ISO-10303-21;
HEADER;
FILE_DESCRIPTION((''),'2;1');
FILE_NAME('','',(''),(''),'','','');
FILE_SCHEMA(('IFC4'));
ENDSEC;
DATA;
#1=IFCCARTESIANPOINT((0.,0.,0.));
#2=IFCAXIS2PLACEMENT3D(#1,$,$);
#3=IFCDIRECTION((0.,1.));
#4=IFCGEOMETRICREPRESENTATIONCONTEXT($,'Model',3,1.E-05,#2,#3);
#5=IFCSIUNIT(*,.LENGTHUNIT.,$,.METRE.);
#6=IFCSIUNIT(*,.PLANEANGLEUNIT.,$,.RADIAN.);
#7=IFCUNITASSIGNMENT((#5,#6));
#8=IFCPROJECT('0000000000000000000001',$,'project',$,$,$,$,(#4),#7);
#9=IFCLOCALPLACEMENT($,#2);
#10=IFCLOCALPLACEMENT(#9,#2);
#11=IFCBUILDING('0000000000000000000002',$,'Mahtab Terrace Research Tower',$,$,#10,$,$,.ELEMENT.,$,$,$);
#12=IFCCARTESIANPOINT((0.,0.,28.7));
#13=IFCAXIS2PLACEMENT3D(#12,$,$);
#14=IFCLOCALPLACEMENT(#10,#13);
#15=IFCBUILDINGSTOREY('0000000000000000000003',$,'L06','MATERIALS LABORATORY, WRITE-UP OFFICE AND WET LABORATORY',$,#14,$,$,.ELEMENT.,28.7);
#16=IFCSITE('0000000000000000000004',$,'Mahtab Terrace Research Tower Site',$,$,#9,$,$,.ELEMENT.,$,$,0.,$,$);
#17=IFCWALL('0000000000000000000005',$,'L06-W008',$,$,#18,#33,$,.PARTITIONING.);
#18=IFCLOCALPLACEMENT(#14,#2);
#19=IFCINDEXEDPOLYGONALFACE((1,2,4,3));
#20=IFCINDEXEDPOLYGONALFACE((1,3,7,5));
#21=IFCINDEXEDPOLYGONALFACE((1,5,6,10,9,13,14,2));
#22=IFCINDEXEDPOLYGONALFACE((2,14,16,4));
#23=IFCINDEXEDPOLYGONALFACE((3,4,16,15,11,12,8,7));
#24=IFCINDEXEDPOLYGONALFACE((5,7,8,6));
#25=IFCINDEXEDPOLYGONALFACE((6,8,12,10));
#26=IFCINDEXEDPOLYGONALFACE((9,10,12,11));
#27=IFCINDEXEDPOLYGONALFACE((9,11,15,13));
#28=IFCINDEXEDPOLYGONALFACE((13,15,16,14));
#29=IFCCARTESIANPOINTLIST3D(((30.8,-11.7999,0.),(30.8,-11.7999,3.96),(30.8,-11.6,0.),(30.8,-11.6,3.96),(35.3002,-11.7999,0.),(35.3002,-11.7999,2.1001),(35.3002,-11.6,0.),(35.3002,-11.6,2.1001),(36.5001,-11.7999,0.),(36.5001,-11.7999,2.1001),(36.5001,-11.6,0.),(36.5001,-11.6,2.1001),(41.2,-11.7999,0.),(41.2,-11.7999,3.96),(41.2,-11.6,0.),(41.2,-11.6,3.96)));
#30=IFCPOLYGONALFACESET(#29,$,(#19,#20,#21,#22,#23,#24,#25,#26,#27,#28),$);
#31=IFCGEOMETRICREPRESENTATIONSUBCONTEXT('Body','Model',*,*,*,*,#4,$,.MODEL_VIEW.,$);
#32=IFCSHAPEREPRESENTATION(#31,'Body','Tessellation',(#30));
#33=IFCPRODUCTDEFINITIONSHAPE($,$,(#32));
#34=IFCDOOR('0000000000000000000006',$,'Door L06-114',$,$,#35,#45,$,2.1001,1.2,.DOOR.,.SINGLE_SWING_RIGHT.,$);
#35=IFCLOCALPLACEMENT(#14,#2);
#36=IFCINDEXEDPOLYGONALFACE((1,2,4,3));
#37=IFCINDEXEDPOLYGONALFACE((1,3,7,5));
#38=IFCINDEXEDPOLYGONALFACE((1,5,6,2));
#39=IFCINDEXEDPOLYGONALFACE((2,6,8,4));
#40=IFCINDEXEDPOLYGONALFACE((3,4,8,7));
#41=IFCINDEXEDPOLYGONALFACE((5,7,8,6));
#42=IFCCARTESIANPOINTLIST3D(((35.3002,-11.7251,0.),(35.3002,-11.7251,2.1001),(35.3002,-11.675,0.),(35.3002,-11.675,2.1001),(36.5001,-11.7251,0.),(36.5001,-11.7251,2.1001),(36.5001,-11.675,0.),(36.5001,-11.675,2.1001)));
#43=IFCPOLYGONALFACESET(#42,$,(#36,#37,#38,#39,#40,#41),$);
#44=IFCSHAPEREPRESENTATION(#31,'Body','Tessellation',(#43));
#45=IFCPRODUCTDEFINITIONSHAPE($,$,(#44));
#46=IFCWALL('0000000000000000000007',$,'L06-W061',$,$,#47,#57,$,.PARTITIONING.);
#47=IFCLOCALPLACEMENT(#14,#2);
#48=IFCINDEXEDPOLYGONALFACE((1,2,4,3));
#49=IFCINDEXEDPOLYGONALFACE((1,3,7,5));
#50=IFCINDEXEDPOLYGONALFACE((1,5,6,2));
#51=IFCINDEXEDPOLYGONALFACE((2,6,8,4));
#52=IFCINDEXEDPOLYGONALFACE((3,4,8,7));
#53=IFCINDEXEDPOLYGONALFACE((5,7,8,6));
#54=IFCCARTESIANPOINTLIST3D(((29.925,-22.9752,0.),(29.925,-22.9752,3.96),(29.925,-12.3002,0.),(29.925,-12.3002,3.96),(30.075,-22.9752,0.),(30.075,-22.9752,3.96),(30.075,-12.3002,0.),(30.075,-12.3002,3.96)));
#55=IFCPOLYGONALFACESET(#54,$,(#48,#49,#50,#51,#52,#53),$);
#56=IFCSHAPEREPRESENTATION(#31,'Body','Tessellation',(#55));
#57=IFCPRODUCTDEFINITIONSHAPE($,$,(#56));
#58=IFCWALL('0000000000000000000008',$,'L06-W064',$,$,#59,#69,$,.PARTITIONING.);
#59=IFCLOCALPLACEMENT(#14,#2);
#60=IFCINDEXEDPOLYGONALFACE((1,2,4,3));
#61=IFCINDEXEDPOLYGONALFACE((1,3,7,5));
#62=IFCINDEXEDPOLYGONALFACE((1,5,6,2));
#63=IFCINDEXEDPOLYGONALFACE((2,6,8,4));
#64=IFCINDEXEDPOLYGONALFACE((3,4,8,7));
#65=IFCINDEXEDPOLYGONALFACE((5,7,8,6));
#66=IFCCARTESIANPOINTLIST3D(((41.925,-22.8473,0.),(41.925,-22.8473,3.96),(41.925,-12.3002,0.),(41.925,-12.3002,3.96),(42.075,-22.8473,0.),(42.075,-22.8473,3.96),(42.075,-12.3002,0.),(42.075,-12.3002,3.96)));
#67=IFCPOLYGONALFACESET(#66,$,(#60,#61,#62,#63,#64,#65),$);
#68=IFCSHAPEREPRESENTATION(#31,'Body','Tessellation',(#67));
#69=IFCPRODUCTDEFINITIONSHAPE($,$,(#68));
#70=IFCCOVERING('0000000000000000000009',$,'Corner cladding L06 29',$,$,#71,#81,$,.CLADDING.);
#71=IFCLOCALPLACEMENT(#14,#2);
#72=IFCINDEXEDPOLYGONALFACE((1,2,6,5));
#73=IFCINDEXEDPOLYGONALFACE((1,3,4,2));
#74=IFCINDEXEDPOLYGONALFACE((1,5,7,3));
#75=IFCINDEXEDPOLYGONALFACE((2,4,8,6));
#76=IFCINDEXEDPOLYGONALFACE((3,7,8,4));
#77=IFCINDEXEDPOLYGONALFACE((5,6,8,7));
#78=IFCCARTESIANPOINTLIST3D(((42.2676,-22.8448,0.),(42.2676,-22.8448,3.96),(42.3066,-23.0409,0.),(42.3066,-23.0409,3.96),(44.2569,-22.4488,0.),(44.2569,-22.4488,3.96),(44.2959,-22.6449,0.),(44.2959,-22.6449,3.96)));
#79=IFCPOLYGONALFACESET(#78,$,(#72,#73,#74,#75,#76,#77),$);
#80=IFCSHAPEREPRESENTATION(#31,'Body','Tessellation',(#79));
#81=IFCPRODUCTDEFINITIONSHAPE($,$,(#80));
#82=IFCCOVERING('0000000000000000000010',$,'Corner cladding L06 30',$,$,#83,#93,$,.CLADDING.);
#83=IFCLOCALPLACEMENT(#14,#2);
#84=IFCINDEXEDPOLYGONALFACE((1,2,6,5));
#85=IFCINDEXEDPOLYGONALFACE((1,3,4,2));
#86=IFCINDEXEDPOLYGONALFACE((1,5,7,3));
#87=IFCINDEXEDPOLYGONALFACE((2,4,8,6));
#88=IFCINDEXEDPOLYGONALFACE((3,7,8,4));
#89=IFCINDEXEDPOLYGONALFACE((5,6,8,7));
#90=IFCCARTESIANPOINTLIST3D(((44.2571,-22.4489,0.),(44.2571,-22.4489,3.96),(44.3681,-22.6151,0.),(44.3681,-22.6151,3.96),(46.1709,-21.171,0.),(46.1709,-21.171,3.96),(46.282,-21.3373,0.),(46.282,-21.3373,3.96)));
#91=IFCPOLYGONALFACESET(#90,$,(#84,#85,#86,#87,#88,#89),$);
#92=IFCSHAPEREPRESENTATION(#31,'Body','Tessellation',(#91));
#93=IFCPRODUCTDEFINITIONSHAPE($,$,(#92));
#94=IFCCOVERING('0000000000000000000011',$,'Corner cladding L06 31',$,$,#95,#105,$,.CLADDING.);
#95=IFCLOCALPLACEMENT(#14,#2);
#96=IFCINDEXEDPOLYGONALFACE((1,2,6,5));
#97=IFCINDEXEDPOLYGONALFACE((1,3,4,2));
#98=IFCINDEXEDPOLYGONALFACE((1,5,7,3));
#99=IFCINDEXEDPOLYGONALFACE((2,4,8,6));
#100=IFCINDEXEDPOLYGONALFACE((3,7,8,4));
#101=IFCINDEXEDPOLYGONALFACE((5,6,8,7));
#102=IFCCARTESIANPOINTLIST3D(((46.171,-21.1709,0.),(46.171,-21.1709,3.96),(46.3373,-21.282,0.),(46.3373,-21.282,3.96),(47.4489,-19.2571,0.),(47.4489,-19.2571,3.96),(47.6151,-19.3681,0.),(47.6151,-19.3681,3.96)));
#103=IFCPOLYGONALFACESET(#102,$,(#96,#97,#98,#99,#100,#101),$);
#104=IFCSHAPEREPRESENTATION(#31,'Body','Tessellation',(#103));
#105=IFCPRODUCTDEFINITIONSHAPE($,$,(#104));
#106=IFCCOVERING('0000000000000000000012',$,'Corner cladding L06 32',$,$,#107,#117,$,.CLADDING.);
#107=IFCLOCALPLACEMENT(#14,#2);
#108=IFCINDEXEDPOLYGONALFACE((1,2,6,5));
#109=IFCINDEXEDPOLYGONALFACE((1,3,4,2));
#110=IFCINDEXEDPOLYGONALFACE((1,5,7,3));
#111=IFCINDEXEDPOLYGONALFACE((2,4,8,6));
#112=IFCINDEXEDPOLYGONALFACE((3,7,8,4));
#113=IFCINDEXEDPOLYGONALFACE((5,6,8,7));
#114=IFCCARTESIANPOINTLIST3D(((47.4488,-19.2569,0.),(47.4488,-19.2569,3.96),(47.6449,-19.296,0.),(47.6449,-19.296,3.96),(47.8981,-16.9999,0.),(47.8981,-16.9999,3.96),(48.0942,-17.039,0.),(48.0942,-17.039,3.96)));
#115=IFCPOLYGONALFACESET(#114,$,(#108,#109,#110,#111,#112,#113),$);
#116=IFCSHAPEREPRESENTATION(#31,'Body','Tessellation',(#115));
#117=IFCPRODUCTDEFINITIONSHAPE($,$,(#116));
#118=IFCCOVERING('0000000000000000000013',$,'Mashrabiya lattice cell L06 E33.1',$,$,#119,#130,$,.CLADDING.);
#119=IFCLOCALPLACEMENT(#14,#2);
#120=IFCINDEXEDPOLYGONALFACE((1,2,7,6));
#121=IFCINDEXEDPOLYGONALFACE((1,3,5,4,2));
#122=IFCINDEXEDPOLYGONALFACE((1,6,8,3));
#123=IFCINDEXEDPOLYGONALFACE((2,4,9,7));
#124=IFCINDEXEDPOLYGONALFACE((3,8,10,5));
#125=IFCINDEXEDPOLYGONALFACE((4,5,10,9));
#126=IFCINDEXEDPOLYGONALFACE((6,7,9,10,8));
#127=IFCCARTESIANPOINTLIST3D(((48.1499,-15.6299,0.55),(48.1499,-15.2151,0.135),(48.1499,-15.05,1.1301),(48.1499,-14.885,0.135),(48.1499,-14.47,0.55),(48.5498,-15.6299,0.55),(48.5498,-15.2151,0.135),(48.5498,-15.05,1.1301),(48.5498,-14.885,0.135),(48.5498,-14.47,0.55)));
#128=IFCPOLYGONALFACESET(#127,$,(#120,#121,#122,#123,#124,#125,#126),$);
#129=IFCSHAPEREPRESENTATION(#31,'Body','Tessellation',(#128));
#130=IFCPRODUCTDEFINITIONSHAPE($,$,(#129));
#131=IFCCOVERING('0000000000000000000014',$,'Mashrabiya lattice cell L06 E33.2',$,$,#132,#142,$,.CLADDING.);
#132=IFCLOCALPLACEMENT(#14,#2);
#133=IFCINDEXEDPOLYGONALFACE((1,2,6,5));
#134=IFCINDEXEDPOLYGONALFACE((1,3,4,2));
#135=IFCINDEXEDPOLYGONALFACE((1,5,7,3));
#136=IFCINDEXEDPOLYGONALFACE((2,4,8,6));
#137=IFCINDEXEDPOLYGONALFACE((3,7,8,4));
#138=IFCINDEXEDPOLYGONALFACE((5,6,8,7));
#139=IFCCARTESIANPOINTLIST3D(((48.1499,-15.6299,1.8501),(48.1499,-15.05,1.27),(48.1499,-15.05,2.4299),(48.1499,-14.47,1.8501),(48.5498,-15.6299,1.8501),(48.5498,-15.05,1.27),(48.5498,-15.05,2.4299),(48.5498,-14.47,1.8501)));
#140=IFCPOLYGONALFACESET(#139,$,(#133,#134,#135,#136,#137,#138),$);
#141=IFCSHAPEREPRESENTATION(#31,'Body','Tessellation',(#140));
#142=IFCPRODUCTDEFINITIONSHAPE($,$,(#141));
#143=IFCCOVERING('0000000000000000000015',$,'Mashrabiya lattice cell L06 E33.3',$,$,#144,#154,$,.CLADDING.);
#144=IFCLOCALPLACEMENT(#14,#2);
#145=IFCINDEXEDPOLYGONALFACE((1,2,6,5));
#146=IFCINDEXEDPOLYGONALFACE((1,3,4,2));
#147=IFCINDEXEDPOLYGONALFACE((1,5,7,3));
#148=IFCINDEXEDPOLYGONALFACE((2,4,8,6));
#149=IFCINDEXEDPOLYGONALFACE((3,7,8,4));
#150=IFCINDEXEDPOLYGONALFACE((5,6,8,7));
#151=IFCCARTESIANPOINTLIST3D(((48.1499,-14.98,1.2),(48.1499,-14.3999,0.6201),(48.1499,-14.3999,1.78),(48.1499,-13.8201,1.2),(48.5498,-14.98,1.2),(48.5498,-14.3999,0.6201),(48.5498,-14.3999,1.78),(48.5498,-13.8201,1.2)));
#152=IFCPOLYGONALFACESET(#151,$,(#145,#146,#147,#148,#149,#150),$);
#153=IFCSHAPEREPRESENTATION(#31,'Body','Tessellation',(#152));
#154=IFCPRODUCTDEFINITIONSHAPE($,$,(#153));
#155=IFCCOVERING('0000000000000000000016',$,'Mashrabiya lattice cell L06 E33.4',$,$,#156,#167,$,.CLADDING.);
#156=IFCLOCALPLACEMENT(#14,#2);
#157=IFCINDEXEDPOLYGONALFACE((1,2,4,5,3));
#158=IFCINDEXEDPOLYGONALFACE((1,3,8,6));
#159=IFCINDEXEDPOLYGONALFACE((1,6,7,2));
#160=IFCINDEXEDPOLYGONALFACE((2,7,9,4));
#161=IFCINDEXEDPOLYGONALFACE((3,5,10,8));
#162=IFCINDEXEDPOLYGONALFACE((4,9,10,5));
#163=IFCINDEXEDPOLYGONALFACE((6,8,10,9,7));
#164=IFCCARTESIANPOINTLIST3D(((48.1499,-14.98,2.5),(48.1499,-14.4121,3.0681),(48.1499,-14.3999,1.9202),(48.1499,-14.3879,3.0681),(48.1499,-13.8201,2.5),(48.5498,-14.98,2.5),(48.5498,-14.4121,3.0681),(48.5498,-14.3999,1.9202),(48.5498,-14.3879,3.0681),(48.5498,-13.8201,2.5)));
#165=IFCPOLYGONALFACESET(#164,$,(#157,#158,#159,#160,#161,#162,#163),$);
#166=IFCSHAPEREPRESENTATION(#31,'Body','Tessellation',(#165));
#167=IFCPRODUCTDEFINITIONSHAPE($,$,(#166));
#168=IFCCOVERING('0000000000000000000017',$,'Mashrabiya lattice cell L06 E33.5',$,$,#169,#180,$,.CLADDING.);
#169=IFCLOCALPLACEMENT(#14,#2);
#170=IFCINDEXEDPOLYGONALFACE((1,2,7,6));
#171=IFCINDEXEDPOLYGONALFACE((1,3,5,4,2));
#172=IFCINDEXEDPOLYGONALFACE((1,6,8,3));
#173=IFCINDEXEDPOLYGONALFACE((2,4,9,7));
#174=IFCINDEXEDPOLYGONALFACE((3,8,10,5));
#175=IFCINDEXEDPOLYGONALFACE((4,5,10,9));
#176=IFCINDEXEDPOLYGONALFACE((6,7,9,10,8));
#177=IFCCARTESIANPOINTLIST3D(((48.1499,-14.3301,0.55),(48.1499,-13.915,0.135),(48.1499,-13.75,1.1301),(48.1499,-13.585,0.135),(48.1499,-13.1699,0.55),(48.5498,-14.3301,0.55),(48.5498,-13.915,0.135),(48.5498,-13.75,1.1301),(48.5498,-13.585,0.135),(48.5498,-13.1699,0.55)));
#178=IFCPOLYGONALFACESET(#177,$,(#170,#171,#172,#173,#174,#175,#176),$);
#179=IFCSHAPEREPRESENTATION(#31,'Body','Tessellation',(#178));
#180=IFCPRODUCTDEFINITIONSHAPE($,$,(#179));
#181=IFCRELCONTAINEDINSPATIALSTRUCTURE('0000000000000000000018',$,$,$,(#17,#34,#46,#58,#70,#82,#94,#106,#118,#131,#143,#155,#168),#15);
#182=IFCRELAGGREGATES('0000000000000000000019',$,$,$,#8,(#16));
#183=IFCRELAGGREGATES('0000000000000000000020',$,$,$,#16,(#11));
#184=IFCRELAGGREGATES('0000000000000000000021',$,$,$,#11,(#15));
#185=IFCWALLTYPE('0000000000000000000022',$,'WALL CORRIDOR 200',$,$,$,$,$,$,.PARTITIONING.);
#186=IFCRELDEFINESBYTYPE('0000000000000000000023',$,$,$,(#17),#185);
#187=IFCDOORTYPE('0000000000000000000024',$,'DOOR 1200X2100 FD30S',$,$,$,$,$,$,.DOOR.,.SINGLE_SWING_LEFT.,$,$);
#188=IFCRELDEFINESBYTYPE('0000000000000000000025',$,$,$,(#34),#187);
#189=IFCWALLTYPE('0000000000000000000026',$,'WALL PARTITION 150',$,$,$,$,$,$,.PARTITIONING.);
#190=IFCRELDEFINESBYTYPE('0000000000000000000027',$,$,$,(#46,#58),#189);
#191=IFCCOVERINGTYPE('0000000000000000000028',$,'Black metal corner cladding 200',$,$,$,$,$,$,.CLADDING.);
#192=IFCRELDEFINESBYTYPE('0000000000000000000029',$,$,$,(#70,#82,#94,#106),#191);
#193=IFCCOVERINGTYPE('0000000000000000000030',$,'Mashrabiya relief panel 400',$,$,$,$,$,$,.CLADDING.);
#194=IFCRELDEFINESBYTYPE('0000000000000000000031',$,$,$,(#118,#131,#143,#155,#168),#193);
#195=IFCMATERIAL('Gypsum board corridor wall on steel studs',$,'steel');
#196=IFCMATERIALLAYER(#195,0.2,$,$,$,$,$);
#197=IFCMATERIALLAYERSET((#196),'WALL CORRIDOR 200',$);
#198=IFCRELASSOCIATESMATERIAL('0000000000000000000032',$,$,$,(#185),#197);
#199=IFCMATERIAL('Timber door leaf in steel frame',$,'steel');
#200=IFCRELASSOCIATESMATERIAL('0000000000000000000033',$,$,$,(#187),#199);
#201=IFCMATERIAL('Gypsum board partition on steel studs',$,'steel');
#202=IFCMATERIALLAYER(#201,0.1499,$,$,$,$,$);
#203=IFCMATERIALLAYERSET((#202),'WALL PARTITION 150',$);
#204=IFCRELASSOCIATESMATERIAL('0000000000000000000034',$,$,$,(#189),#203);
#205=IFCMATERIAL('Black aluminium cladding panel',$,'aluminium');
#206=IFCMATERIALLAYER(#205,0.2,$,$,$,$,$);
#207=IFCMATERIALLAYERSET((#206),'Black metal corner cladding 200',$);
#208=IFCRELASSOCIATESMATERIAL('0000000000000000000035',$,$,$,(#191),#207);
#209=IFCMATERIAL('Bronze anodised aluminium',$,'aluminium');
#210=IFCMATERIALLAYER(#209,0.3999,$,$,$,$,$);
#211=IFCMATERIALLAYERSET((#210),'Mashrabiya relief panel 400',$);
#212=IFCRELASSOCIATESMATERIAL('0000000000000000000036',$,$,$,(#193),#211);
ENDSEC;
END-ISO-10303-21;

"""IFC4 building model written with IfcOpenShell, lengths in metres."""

from ifc_helpers import new_model, si_unit, direction, frame, frame_2d, origin, origin_2d, place, context, subcontext, project, spatial, polyline, rectangle, outline, extrude, material, layer, layer_set, type_object, element, fill, save


model = new_model("IFC4")

# Units and contexts
model_context = context("Model", 3, precision=1e-05, world=origin(), true_north=direction((0.0, 1.0)))
body_context = subcontext(model_context, "Body", "Model", "MODEL_VIEW")
ifc_project = project(units=[si_unit("LENGTHUNIT", "METRE"), si_unit("PLANEANGLEUNIT", "RADIAN")], contexts=[model_context])

# Site, building, storey
site_placement = place(None, origin())
site = spatial("IfcSite", under=ifc_project, at=site_placement, Name="Mahtab Terrace Research Tower Site", CompositionType="ELEMENT", RefElevation=0.0)
building_placement = place(site_placement, origin())
building = spatial("IfcBuilding", under=site, at=building_placement, Name="Mahtab Terrace Research Tower", CompositionType="ELEMENT")
storey_placement = place(building_placement, frame((0.0, 0.0, 28.7)))
storey = spatial("IfcBuildingStorey", under=building, at=storey_placement, Name="L06", Description="MATERIALS LABORATORY, WRITE-UP OFFICE AND WET LABORATORY", CompositionType="ELEMENT", Elevation=28.7)

# Shared definitions
ifc_material_1 = material(Name="Black aluminium cladding panel", Category="aluminium")

# Wall, opening, door
ifc_material_2 = material(Name="Gypsum board corridor wall on steel studs", Category="steel")
ifc_layer_1 = layer(ifc_material_2, 0.2)
ifc_layer_set_1 = layer_set([ifc_layer_1], Name="WALL CORRIDOR 200")
wall_type_1 = type_object("IfcWallType", Name="WALL CORRIDOR 200", PredefinedType="PARTITIONING", material=ifc_layer_set_1)
wall_1_placement = place(storey_placement, frame((30.8, -11.7, 0.0), z_axis=(0.0, 0.0, 1.0), x_axis=(1.0, 0.0, 0.0)))
wall_1 = element("IfcWall", 1, at=wall_1_placement, inside=storey, type_object=wall_type_1, Name="L06-W008", PredefinedType="PARTITIONING", context=body_context, shape_type="SweptSolid", body=[
    extrude(rectangle(XDim=10.3999, YDim=0.2, at=frame_2d((5.2, 0.0))), origin(), (0.0, 0.0, 1.0), 3.96),
])
opening_placement = place(wall_1_placement, frame((4.5, 0.0, 0.0)))
opening = element("IfcOpeningElement", 2, at=opening_placement, cuts=wall_1, PredefinedType="OPENING", context=body_context, shape_type="SweptSolid", body=[
    extrude(rectangle(XDim=1.2, YDim=2.1001, at=frame_2d((0.6001, 1.05))), frame((0.0, 0.1099, 0.0), z_axis=(0.0, -1.0, 0.0), x_axis=(1.0, 0.0, 0.0)), (0.0, 0.0, 1.0), 0.22),
])
ifc_material_3 = material(Name="Timber door leaf in steel frame", Category="steel")
door_type = type_object("IfcDoorType", Name="DOOR 1200X2100 FD30S", OperationType="SINGLE_SWING_LEFT", PredefinedType="DOOR", material=ifc_material_3)
door_placement = place(opening_placement, origin())
door = element("IfcDoor", 3, at=door_placement, inside=storey, type_object=door_type, Name="Door L06-114", OperationType="SINGLE_SWING_RIGHT", OverallHeight=2.1001, OverallWidth=1.2, PredefinedType="DOOR", context=body_context, shape_type="SweptSolid", body=[
    extrude(rectangle(XDim=1.2, YDim=2.1001, at=frame_2d((0.6001, 1.05))), frame((0.0, 0.0249, 0.0), z_axis=(0.0, -1.0, 0.0), x_axis=(1.0, 0.0, 0.0)), (0.0, 0.0, 1.0), 0.05),
])
fill(opening, door)

# Walls
ifc_material_4 = material(Name="Gypsum board partition on steel studs", Category="steel")
ifc_layer_2 = layer(ifc_material_4, 0.1499)
ifc_layer_set_2 = layer_set([ifc_layer_2], Name="WALL PARTITION 150")
wall_type_2 = type_object("IfcWallType", Name="WALL PARTITION 150", PredefinedType="PARTITIONING", material=ifc_layer_set_2)
wall_2_placement = place(storey_placement, frame((30.0, -22.9751, 0.0), z_axis=(0.0, 0.0, 1.0), x_axis=(0.0, 1.0, 0.0)))
element("IfcWall", 4, at=wall_2_placement, inside=storey, type_object=wall_type_2, Name="L06-W061", PredefinedType="PARTITIONING", context=body_context, shape_type="SweptSolid", body=[
    extrude(rectangle(XDim=10.675, YDim=0.1499, at=frame_2d((5.3374, 0.0))), origin(), (0.0, 0.0, 1.0), 3.96),
])
wall_3_placement = place(storey_placement, frame((42.0, -22.8472, 0.0), z_axis=(0.0, 0.0, 1.0), x_axis=(0.0, 1.0, 0.0)))
element("IfcWall", 5, at=wall_3_placement, inside=storey, type_object=wall_type_2, Name="L06-W064", PredefinedType="PARTITIONING", context=body_context, shape_type="SweptSolid", body=[
    extrude(rectangle(XDim=10.5471, YDim=0.1499, at=frame_2d((5.2734, 0.0))), origin(), (0.0, 0.0, 1.0), 3.96),
])

# Coverings
ifc_layer_3 = layer(ifc_material_1, 0.2)
ifc_layer_set_3 = layer_set([ifc_layer_3], Name="Black metal corner cladding 200")
covering_type_1 = type_object("IfcCoveringType", Name="Black metal corner cladding 200", PredefinedType="CLADDING", material=ifc_layer_set_3)
covering_1_placement = place(storey_placement, frame((43.2817, -22.7449, 0.0), z_axis=(0.0, 0.0, 1.0), x_axis=(0.980761, 0.195212, 0.0)))
element("IfcCovering", 6, at=covering_1_placement, inside=storey, type_object=covering_type_1, Name="Corner cladding L06 29", PredefinedType="CLADDING", context=body_context, shape_type="SweptSolid", body=[
    extrude(rectangle(XDim=2.0283, YDim=0.2, at=origin_2d()), origin(), (0.0, 0.0, 1.0), 3.96),
])
for number, where, z_axis, x_axis, name in (
    (7, (45.2695, -21.8931, 0.0), (0.0, 0.0, 1.0), (0.831656, 0.555291, 0.0), "Corner cladding L06 30"),
    (8, (46.8931, -20.2695, 0.0), (0.0, 0.0, 1.0), (0.555291, 0.831656, 0.0), "Corner cladding L06 31"),
    (9, (47.7715, -18.1479, 0.0), (0.0, 0.0, 1.0), (0.195212, 0.980761, 0.0), "Corner cladding L06 32"),
):
    element("IfcCovering", number, at=place(storey_placement, frame(where, z_axis=z_axis, x_axis=x_axis)), inside=storey, type_object=covering_type_1, Name=name, PredefinedType="CLADDING", context=body_context, shape_type="SweptSolid", body=[
        extrude(rectangle(XDim=2.3013, YDim=0.2, at=origin_2d()), origin(), (0.0, 0.0, 1.0), 3.96),
    ])
ifc_material_5 = material(Name="Bronze anodised aluminium", Category="aluminium")
ifc_layer_4 = layer(ifc_material_5, 0.3999)
ifc_layer_set_4 = layer_set([ifc_layer_4], Name="Mashrabiya relief panel 400")
covering_type_2 = type_object("IfcCoveringType", Name="Mashrabiya relief panel 400", PredefinedType="CLADDING", material=ifc_layer_set_4)
covering_2_placement = place(storey_placement, frame((48.1499, -15.6299, 0.55), z_axis=(-1.0, 0.0, 0.0), x_axis=(0.0, 0.706958, 0.707256)))
element("IfcCovering", 10, at=covering_2_placement, inside=storey, type_object=covering_type_2, Name="Mashrabiya lattice cell L06 E33.1", PredefinedType="CLADDING", context=body_context, shape_type="SweptSolid", body=[
    extrude(outline(polyline([(0.0, 0.0), (0.8202, 0.0), (0.82, 0.8204), (0.2331, 0.8202), (-0.0003, 0.5868), (0.0, 0.0)])), origin(), (0.0, 0.0, -1.0), 0.3999),
])
covering_3_placement = place(storey_placement, frame((48.1499, -15.05, 2.4299), z_axis=(-1.0, 0.0, 0.0), x_axis=(0.0, 0.707256, -0.706958)))
element("IfcCovering", 11, at=covering_3_placement, inside=storey, type_object=covering_type_2, Name="Mashrabiya lattice cell L06 E33.2", PredefinedType="CLADDING", context=body_context, shape_type="SweptSolid", body=[
    extrude(outline(polyline([(0.0, 0.0), (0.8202, 0.0), (0.82, 0.8204), (-0.0002, 0.82), (0.0, 0.0)])), origin(), (0.0, 0.0, -1.0), 0.3999),
])
covering_4_placement = place(storey_placement, frame((48.1499, -14.3999, 1.78), z_axis=(-1.0, 0.0, 0.0), x_axis=(0.0, 0.706958, -0.707256)))
element("IfcCovering", 12, at=covering_4_placement, inside=storey, type_object=covering_type_2, Name="Mashrabiya lattice cell L06 E33.3", PredefinedType="CLADDING", context=body_context, shape_type="SweptSolid", body=[
    extrude(outline(polyline([(0.0, 0.0), (0.8202, 0.0), (0.8204, 0.82), (0.0002, 0.8204), (0.0, 0.0)])), origin(), (0.0, 0.0, -1.0), 0.3999),
])
covering_5_placement = place(storey_placement, frame((48.1499, -13.8201, 2.5), z_axis=(-1.0, 0.0, 0.0), x_axis=(0.0, -0.707107, -0.707107)))
element("IfcCovering", 13, at=covering_5_placement, inside=storey, type_object=covering_type_2, Name="Mashrabiya lattice cell L06 E33.4", PredefinedType="CLADDING", context=body_context, shape_type="SweptSolid", body=[
    extrude(outline(polyline([(0.0, 0.0), (0.82, 0.0), (0.8202, 0.8202), (0.0169, 0.8204), (-0.0002, 0.8033), (0.0, 0.0)])), origin(), (0.0, 0.0, -1.0), 0.3999),
])
covering_6_placement = place(storey_placement, frame((48.1499, -14.3301, 0.55), z_axis=(-1.0, 0.0, 0.0), x_axis=(0.0, 0.707107, 0.707107)))
element("IfcCovering", 14, at=covering_6_placement, inside=storey, type_object=covering_type_2, Name="Mashrabiya lattice cell L06 E33.5", PredefinedType="CLADDING", context=body_context, shape_type="SweptSolid", body=[
    extrude(outline(polyline([(0.0, 0.0), (0.8204, 0.0), (0.8204, 0.8204), (0.2334, 0.8204), (0.0, 0.587), (0.0, 0.0)])), origin(), (0.0, 0.0, -1.0), 0.3999),
])

save(model, "model.ifc")
